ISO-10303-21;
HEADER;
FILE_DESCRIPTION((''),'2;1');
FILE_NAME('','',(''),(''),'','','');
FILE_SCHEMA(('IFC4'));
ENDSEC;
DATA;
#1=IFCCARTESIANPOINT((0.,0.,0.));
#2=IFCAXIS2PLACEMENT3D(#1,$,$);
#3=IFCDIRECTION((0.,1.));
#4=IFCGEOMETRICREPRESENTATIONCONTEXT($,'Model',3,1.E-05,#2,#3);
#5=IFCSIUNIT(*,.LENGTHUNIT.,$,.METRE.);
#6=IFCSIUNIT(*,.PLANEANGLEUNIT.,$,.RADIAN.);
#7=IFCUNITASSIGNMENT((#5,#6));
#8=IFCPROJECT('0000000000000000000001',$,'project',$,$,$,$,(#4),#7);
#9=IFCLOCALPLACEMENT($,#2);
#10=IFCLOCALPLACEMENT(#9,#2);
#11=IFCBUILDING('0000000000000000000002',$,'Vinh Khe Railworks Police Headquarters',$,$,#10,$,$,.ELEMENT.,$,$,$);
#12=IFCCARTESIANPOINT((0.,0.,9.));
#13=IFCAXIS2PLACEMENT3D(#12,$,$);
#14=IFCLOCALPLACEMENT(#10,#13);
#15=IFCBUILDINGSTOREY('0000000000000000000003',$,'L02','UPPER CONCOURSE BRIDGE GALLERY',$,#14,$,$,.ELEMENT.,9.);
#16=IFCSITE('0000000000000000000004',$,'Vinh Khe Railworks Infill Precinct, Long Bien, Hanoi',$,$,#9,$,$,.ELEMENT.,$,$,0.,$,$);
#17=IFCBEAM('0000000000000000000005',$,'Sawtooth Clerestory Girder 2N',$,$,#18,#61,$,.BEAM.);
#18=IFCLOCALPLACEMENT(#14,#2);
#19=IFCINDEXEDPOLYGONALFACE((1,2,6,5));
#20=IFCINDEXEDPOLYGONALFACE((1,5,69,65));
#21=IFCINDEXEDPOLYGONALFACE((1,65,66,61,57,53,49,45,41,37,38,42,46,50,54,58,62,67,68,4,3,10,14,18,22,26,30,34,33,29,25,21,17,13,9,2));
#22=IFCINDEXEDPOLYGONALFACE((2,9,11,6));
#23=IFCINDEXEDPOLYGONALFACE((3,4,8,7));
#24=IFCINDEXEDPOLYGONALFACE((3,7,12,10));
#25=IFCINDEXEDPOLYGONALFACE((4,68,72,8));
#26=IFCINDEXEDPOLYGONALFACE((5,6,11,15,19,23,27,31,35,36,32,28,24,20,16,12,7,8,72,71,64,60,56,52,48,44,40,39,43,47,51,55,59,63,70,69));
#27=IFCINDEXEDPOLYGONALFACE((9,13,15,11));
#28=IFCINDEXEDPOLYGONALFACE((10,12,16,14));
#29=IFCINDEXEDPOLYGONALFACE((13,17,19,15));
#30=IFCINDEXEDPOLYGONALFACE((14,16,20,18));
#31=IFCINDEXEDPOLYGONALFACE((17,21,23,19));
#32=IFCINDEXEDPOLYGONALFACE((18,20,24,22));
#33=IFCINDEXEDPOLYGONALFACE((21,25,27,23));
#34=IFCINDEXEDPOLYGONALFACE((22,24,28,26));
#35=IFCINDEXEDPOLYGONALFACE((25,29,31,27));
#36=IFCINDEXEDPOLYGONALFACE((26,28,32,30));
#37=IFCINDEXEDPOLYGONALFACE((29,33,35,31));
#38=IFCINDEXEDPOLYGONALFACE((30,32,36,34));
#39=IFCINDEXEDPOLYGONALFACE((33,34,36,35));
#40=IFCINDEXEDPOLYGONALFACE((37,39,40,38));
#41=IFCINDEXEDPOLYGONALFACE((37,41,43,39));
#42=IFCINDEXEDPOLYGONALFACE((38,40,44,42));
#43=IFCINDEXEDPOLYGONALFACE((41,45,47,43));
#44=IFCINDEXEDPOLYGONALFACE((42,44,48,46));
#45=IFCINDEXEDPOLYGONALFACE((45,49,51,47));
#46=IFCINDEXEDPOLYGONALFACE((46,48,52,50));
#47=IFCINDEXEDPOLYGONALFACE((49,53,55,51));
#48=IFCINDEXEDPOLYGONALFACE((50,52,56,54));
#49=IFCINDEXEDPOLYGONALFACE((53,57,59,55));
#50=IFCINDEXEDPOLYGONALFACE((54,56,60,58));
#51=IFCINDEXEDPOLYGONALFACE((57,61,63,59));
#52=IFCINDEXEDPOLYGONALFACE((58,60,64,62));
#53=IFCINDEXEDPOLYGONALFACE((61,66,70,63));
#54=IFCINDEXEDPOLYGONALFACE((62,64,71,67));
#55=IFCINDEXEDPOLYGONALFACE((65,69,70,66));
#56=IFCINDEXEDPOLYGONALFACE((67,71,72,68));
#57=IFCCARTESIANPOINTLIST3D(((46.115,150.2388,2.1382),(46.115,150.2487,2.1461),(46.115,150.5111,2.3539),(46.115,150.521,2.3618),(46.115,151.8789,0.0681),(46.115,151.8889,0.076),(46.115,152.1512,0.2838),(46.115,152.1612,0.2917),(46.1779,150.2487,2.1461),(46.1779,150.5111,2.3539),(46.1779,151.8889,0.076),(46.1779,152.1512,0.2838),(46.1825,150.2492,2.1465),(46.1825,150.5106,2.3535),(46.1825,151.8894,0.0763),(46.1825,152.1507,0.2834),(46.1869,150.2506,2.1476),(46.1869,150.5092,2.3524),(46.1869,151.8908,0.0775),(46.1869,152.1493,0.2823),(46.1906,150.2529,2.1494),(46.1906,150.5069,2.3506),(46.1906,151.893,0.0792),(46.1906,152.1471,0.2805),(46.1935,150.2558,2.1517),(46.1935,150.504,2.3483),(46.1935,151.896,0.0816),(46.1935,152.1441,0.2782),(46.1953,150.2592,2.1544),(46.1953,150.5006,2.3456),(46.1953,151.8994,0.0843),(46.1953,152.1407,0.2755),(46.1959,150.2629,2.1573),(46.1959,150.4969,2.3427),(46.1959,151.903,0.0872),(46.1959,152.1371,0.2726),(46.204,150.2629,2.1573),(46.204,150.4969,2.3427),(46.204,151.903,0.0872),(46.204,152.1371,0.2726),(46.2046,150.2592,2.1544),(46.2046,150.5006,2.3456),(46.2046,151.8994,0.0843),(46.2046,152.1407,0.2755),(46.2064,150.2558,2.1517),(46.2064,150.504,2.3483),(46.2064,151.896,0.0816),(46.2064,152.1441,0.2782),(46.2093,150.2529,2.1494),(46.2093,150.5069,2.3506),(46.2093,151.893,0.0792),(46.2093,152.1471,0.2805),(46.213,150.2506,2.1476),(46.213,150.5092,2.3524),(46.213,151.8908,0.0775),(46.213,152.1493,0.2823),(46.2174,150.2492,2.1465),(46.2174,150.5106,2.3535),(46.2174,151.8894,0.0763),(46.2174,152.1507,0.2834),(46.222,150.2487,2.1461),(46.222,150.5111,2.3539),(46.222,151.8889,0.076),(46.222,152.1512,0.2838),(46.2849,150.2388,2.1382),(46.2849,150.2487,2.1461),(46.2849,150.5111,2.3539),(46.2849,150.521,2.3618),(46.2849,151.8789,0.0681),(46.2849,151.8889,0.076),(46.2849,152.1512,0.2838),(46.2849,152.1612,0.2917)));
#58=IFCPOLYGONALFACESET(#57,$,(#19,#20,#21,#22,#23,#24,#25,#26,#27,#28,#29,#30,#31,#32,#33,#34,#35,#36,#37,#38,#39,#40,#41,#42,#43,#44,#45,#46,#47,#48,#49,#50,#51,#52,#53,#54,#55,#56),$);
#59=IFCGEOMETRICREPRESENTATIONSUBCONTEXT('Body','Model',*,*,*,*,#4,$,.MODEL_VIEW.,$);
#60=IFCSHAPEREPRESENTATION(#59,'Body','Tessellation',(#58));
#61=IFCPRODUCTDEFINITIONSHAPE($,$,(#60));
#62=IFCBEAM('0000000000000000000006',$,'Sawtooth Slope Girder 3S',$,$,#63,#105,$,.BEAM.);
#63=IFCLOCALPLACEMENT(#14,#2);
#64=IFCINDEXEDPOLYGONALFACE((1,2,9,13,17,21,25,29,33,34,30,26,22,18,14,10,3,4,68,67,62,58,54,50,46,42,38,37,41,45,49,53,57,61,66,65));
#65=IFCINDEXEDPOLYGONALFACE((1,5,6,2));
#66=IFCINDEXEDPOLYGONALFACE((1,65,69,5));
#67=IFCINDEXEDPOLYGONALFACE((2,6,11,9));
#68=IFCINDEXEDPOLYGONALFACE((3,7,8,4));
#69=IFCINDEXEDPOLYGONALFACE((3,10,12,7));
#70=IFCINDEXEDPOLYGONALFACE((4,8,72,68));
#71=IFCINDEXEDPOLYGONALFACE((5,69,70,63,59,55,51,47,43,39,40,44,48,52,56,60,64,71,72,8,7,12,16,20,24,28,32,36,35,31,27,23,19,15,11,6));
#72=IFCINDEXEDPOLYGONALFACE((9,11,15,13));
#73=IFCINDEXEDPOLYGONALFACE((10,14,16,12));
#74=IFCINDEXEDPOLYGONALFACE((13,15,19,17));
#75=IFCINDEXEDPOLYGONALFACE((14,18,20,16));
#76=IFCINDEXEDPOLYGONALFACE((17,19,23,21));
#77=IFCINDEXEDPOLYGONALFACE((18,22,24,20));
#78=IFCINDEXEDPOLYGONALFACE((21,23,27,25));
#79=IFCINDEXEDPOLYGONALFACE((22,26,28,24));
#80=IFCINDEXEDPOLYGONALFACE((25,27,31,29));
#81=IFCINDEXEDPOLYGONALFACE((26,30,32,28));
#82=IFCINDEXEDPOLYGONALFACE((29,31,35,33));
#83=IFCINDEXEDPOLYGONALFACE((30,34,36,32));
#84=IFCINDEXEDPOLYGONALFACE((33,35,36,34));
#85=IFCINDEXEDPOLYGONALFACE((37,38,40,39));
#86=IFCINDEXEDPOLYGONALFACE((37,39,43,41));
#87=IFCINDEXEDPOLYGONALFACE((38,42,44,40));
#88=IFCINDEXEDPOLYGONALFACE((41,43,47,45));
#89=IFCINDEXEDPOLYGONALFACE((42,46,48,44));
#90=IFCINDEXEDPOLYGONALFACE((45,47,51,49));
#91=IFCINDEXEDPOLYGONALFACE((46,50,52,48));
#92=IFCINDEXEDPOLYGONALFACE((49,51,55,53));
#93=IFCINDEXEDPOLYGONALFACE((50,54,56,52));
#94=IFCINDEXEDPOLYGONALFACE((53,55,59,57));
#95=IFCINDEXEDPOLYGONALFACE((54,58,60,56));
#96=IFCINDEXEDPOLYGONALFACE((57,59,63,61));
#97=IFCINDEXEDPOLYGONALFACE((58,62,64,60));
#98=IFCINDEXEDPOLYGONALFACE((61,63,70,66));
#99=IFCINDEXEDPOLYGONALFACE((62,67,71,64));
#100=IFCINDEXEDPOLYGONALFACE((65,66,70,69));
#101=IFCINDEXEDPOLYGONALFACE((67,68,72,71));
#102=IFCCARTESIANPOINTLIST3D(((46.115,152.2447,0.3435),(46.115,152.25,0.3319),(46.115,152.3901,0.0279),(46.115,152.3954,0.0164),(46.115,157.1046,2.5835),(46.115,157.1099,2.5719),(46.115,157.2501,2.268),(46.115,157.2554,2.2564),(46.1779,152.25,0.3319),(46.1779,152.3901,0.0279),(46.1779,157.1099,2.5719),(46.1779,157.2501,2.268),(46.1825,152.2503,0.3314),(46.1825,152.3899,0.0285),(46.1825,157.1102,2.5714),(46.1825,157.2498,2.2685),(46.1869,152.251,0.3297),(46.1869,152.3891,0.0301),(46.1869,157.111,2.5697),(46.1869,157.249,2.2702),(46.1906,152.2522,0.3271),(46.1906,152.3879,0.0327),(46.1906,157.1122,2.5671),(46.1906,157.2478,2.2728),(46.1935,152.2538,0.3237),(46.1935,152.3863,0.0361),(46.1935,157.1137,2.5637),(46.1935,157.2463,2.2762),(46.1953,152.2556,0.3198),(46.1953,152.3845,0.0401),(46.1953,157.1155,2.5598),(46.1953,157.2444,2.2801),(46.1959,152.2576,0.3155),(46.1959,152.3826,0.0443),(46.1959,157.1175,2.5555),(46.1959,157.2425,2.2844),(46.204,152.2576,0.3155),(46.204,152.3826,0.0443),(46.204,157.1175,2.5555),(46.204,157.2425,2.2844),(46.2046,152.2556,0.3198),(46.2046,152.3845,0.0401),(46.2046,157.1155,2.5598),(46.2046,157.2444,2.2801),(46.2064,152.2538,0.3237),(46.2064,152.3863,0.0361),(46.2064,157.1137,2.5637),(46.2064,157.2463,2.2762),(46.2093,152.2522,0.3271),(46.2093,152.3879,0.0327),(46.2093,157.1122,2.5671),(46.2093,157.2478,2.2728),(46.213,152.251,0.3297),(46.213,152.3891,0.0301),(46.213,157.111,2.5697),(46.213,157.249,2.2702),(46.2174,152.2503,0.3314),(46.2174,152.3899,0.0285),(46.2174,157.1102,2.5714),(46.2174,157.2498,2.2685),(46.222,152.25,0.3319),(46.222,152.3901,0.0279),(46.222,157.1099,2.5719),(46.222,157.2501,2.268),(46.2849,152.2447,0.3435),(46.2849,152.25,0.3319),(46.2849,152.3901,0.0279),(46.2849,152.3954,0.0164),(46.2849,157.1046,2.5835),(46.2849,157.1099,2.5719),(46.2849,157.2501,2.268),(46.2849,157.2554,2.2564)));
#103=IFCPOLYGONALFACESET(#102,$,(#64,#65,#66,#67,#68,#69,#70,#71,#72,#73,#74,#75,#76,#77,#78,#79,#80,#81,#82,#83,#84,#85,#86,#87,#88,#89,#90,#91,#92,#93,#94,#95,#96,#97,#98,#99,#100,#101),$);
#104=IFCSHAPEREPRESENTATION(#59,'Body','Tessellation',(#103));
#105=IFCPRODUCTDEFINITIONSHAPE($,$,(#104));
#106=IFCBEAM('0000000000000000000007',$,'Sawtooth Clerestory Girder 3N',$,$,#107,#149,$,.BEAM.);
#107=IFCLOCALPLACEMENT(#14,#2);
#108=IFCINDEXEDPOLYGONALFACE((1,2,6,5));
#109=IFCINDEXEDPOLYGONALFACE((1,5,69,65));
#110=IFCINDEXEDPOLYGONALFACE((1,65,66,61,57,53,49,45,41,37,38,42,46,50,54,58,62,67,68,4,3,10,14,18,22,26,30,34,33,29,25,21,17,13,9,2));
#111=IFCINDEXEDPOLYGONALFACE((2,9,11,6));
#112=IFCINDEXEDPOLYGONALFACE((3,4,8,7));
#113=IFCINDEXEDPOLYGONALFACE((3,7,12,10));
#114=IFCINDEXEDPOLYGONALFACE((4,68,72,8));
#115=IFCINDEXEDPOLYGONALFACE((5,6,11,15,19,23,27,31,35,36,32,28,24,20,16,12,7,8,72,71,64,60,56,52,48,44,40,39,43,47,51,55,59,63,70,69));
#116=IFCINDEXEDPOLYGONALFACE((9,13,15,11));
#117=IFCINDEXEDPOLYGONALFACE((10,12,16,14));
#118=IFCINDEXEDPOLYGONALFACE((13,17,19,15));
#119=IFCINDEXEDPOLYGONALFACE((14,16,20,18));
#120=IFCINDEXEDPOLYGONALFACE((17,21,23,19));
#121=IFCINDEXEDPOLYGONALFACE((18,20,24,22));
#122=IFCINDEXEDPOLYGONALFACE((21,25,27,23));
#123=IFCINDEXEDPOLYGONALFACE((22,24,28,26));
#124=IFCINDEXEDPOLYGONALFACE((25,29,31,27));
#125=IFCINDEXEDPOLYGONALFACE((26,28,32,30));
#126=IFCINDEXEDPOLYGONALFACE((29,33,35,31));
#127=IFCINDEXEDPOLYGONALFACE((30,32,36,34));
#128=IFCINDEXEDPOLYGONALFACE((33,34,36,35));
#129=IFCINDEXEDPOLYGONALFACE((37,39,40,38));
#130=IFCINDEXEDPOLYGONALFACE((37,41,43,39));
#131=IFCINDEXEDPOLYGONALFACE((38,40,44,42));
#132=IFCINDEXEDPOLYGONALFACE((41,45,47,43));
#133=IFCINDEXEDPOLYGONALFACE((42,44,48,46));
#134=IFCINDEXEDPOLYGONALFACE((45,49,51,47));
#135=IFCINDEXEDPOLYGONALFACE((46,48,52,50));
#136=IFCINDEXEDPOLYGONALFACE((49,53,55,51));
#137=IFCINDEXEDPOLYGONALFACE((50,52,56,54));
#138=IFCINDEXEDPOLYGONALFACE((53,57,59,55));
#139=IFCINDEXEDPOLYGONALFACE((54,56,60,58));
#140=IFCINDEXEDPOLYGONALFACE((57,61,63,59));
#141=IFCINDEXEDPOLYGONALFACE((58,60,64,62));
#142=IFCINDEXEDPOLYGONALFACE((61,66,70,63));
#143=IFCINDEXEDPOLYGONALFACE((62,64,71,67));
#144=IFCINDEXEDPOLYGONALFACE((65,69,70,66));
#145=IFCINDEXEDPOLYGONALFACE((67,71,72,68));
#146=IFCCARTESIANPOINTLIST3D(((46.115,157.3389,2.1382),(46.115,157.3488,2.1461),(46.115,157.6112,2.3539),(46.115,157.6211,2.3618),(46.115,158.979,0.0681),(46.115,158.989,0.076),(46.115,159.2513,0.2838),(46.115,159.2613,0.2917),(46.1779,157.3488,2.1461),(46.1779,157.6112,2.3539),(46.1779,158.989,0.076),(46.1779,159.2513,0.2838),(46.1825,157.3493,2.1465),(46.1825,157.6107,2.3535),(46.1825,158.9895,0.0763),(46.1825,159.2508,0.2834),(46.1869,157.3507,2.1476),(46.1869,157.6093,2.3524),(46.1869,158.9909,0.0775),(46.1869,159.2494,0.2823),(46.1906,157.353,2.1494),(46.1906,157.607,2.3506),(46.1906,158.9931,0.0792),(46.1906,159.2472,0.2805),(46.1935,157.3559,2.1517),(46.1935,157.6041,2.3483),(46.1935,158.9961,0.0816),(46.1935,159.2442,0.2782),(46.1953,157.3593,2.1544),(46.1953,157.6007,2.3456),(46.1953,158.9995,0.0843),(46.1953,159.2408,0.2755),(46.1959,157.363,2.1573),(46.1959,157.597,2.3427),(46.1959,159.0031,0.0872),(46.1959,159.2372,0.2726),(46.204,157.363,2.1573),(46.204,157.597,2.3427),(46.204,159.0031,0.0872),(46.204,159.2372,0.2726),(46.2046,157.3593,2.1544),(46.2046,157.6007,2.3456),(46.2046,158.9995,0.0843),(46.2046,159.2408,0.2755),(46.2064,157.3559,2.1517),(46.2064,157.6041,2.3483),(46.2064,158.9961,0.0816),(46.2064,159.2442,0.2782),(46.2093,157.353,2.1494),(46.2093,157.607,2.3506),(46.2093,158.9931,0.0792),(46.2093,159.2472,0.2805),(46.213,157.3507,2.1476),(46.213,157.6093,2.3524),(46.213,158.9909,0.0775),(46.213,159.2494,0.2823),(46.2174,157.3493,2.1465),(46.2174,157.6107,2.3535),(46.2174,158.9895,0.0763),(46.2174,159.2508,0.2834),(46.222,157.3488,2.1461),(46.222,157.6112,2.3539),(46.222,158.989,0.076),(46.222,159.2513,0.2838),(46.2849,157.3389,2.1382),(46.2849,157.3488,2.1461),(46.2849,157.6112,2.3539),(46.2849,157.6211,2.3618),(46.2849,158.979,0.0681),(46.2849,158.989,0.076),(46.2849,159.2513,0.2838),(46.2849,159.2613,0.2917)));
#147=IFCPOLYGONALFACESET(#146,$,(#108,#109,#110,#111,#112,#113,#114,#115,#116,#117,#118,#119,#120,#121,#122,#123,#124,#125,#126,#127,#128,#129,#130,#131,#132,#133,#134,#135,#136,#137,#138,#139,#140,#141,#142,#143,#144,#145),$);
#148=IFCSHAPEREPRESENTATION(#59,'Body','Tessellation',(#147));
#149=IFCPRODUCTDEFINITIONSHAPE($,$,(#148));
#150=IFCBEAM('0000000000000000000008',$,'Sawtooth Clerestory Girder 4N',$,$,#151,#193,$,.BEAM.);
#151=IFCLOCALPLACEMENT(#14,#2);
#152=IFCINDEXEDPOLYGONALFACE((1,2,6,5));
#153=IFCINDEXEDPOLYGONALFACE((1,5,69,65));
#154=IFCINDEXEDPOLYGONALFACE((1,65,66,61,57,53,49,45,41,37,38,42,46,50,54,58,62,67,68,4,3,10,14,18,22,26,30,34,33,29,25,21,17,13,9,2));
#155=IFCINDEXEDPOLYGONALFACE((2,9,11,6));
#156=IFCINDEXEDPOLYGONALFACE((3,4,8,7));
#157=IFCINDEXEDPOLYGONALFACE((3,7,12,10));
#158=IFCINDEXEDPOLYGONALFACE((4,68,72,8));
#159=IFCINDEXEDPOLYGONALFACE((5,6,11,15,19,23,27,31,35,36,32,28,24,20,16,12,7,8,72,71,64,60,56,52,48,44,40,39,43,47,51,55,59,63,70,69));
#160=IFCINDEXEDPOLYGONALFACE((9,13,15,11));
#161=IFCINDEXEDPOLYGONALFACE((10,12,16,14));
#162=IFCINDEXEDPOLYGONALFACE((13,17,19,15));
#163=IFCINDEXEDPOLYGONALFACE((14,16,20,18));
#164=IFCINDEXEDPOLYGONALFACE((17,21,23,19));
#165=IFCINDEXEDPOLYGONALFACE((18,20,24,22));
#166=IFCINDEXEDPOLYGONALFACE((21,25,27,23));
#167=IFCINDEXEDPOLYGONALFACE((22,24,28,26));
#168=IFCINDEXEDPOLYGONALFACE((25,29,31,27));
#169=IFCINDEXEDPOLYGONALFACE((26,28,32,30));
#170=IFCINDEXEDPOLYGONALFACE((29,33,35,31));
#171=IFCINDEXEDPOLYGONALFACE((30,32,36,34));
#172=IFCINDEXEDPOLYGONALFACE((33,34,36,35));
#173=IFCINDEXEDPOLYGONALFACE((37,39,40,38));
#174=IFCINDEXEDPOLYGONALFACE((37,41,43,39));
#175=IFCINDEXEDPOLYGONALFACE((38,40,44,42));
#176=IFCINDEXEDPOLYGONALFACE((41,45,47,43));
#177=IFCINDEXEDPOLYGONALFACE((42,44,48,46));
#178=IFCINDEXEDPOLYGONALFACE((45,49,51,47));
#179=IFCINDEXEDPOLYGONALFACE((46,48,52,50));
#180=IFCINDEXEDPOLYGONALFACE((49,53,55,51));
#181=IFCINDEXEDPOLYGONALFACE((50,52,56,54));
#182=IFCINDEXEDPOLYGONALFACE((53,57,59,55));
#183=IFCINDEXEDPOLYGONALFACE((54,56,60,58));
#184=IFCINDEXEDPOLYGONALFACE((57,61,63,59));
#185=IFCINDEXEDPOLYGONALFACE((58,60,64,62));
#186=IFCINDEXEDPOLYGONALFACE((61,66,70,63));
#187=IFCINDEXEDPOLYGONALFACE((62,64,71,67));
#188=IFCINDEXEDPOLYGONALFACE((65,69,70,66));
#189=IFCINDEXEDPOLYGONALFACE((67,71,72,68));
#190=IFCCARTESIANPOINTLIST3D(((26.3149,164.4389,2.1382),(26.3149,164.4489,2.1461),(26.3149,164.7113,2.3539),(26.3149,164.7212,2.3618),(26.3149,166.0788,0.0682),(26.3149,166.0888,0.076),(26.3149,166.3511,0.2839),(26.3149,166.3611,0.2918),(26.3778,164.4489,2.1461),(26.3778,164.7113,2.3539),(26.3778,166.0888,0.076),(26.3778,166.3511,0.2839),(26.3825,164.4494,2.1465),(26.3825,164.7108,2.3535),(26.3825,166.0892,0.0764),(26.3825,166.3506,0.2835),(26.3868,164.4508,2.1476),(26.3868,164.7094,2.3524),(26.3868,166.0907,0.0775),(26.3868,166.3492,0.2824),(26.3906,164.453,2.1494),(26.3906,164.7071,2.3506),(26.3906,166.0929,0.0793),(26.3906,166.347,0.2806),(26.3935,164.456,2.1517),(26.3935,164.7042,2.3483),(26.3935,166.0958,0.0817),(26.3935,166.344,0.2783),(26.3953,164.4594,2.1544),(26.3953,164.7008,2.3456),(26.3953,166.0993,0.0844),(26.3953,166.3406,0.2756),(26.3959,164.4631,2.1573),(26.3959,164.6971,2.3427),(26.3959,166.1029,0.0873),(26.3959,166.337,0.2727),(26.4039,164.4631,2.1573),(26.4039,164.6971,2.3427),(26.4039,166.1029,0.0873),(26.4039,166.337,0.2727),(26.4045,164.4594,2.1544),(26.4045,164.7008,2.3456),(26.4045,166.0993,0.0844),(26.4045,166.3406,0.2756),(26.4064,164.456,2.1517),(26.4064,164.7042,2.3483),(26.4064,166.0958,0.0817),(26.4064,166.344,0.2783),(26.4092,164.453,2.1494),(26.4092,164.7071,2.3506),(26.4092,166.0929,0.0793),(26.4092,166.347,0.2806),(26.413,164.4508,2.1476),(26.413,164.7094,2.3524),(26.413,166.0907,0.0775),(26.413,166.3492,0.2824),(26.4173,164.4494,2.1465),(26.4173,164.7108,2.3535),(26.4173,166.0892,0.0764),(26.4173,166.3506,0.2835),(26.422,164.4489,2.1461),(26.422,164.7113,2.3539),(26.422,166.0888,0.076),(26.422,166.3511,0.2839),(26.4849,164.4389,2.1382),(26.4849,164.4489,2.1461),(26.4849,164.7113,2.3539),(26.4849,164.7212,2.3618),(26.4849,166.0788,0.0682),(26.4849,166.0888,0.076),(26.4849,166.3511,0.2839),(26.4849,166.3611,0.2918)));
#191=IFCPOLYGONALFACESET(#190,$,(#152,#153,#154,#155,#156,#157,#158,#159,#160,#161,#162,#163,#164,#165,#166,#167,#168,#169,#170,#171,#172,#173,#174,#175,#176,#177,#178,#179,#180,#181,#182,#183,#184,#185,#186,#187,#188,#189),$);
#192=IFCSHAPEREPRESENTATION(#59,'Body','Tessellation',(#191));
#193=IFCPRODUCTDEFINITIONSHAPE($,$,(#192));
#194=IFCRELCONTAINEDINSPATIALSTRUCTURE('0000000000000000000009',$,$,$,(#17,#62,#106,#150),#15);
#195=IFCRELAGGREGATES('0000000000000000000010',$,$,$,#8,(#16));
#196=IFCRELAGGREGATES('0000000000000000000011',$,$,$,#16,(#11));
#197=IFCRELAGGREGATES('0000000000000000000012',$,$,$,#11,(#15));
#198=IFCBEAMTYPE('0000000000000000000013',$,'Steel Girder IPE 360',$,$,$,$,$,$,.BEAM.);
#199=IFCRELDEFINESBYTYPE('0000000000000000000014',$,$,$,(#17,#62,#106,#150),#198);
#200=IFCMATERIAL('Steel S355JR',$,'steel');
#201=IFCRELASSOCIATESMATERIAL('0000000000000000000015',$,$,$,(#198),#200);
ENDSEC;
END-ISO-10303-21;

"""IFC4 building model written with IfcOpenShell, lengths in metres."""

from ifc_helpers import new_model, si_unit, direction, frame, origin, origin_2d, place, context, subcontext, project, spatial, i_section, extrude, material, material_profile, profile_set, type_object, element, save


model = new_model("IFC4")

# Units and contexts
model_context = context("Model", 3, precision=1e-05, world=origin(), true_north=direction((0.0, 1.0)))
body_context = subcontext(model_context, "Body", "Model", "MODEL_VIEW")
ifc_project = project(units=[si_unit("LENGTHUNIT", "METRE"), si_unit("PLANEANGLEUNIT", "RADIAN")], contexts=[model_context])

# Site, building, storey
site_placement = place(None, origin())
site = spatial("IfcSite", under=ifc_project, at=site_placement, Name="Vinh Khe Railworks Infill Precinct, Long Bien, Hanoi", CompositionType="ELEMENT", RefElevation=0.0)
building_placement = place(site_placement, origin())
building = spatial("IfcBuilding", under=site, at=building_placement, Name="Vinh Khe Railworks Police Headquarters", CompositionType="ELEMENT")
storey_placement = place(building_placement, frame((0.0, 0.0, 9.0)))
storey = spatial("IfcBuildingStorey", under=building, at=storey_placement, Name="L02", Description="UPPER CONCOURSE BRIDGE GALLERY", CompositionType="ELEMENT", Elevation=9.0)

# Shared definitions
ifc_material_1 = material(Name="Steel S355JR", Category="steel")

# Beams
ifc_material_profile_1 = material_profile(ifc_material_1, i_section(OverallWidth=0.1699, OverallDepth=0.3601, WebThickness=0.0081, FlangeThickness=0.0127, FilletRadius=0.0181, at=origin_2d()), Name="IPE 360")
ifc_profile_set_1 = profile_set([ifc_material_profile_1], Name="Steel S355JR")
beam_type = type_object("IfcBeamType", Name="Steel Girder IPE 360", PredefinedType="BEAM", material=ifc_profile_set_1)
beam_1_placement = place(storey_placement, frame((46.2, 150.3799, 2.25), z_axis=(0.0, 0.621013, -0.7838), x_axis=(-1.0, 0.0, 0.0)))
element("IfcBeam", 1, at=beam_1_placement, inside=storey, type_object=beam_type, Name="Sawtooth Clerestory Girder 2N", PredefinedType="BEAM", context=body_context, shape_type="SweptSolid", body=[
    extrude(i_section(OverallWidth=0.1699, OverallDepth=0.3601, WebThickness=0.0081, FlangeThickness=0.0127, FilletRadius=0.0181, at=origin_2d()), origin(), (0.0, 0.0, 1.0), 2.6411),
])
beam_2_placement = place(storey_placement, frame((46.2, 152.3201, 0.1799), z_axis=(0.0, 0.908174, 0.418592), x_axis=(-1.0, 0.0, 0.0)))
element("IfcBeam", 2, at=beam_2_placement, inside=storey, type_object=beam_type, Name="Sawtooth Slope Girder 3S", PredefinedType="BEAM", context=body_context, shape_type="SweptSolid", body=[
    extrude(i_section(OverallWidth=0.1699, OverallDepth=0.3601, WebThickness=0.0081, FlangeThickness=0.0127, FilletRadius=0.0181, at=origin_2d()), origin(), (0.0, 0.0, 1.0), 5.3513),
])
beam_3_placement = place(storey_placement, frame((46.2, 157.48, 2.25), z_axis=(0.0, 0.621013, -0.7838), x_axis=(-1.0, 0.0, 0.0)))
element("IfcBeam", 3, at=beam_3_placement, inside=storey, type_object=beam_type, Name="Sawtooth Clerestory Girder 3N", PredefinedType="BEAM", context=body_context, shape_type="SweptSolid", body=[
    extrude(i_section(OverallWidth=0.1699, OverallDepth=0.3601, WebThickness=0.0081, FlangeThickness=0.0127, FilletRadius=0.0181, at=origin_2d()), origin(), (0.0, 0.0, 1.0), 2.6411),
])
beam_4_placement = place(storey_placement, frame((26.3999, 164.5801, 2.25), z_axis=(0.0, 0.620956, -0.783845), x_axis=(-1.0, 0.0, 0.0)))
element("IfcBeam", 4, at=beam_4_placement, inside=storey, type_object=beam_type, Name="Sawtooth Clerestory Girder 4N", PredefinedType="BEAM", context=body_context, shape_type="SweptSolid", body=[
    extrude(i_section(OverallWidth=0.1699, OverallDepth=0.3601, WebThickness=0.0081, FlangeThickness=0.0127, FilletRadius=0.0181, at=origin_2d()), origin(), (0.0, 0.0, 1.0), 2.6409),
])

save(model, "model.ifc")
